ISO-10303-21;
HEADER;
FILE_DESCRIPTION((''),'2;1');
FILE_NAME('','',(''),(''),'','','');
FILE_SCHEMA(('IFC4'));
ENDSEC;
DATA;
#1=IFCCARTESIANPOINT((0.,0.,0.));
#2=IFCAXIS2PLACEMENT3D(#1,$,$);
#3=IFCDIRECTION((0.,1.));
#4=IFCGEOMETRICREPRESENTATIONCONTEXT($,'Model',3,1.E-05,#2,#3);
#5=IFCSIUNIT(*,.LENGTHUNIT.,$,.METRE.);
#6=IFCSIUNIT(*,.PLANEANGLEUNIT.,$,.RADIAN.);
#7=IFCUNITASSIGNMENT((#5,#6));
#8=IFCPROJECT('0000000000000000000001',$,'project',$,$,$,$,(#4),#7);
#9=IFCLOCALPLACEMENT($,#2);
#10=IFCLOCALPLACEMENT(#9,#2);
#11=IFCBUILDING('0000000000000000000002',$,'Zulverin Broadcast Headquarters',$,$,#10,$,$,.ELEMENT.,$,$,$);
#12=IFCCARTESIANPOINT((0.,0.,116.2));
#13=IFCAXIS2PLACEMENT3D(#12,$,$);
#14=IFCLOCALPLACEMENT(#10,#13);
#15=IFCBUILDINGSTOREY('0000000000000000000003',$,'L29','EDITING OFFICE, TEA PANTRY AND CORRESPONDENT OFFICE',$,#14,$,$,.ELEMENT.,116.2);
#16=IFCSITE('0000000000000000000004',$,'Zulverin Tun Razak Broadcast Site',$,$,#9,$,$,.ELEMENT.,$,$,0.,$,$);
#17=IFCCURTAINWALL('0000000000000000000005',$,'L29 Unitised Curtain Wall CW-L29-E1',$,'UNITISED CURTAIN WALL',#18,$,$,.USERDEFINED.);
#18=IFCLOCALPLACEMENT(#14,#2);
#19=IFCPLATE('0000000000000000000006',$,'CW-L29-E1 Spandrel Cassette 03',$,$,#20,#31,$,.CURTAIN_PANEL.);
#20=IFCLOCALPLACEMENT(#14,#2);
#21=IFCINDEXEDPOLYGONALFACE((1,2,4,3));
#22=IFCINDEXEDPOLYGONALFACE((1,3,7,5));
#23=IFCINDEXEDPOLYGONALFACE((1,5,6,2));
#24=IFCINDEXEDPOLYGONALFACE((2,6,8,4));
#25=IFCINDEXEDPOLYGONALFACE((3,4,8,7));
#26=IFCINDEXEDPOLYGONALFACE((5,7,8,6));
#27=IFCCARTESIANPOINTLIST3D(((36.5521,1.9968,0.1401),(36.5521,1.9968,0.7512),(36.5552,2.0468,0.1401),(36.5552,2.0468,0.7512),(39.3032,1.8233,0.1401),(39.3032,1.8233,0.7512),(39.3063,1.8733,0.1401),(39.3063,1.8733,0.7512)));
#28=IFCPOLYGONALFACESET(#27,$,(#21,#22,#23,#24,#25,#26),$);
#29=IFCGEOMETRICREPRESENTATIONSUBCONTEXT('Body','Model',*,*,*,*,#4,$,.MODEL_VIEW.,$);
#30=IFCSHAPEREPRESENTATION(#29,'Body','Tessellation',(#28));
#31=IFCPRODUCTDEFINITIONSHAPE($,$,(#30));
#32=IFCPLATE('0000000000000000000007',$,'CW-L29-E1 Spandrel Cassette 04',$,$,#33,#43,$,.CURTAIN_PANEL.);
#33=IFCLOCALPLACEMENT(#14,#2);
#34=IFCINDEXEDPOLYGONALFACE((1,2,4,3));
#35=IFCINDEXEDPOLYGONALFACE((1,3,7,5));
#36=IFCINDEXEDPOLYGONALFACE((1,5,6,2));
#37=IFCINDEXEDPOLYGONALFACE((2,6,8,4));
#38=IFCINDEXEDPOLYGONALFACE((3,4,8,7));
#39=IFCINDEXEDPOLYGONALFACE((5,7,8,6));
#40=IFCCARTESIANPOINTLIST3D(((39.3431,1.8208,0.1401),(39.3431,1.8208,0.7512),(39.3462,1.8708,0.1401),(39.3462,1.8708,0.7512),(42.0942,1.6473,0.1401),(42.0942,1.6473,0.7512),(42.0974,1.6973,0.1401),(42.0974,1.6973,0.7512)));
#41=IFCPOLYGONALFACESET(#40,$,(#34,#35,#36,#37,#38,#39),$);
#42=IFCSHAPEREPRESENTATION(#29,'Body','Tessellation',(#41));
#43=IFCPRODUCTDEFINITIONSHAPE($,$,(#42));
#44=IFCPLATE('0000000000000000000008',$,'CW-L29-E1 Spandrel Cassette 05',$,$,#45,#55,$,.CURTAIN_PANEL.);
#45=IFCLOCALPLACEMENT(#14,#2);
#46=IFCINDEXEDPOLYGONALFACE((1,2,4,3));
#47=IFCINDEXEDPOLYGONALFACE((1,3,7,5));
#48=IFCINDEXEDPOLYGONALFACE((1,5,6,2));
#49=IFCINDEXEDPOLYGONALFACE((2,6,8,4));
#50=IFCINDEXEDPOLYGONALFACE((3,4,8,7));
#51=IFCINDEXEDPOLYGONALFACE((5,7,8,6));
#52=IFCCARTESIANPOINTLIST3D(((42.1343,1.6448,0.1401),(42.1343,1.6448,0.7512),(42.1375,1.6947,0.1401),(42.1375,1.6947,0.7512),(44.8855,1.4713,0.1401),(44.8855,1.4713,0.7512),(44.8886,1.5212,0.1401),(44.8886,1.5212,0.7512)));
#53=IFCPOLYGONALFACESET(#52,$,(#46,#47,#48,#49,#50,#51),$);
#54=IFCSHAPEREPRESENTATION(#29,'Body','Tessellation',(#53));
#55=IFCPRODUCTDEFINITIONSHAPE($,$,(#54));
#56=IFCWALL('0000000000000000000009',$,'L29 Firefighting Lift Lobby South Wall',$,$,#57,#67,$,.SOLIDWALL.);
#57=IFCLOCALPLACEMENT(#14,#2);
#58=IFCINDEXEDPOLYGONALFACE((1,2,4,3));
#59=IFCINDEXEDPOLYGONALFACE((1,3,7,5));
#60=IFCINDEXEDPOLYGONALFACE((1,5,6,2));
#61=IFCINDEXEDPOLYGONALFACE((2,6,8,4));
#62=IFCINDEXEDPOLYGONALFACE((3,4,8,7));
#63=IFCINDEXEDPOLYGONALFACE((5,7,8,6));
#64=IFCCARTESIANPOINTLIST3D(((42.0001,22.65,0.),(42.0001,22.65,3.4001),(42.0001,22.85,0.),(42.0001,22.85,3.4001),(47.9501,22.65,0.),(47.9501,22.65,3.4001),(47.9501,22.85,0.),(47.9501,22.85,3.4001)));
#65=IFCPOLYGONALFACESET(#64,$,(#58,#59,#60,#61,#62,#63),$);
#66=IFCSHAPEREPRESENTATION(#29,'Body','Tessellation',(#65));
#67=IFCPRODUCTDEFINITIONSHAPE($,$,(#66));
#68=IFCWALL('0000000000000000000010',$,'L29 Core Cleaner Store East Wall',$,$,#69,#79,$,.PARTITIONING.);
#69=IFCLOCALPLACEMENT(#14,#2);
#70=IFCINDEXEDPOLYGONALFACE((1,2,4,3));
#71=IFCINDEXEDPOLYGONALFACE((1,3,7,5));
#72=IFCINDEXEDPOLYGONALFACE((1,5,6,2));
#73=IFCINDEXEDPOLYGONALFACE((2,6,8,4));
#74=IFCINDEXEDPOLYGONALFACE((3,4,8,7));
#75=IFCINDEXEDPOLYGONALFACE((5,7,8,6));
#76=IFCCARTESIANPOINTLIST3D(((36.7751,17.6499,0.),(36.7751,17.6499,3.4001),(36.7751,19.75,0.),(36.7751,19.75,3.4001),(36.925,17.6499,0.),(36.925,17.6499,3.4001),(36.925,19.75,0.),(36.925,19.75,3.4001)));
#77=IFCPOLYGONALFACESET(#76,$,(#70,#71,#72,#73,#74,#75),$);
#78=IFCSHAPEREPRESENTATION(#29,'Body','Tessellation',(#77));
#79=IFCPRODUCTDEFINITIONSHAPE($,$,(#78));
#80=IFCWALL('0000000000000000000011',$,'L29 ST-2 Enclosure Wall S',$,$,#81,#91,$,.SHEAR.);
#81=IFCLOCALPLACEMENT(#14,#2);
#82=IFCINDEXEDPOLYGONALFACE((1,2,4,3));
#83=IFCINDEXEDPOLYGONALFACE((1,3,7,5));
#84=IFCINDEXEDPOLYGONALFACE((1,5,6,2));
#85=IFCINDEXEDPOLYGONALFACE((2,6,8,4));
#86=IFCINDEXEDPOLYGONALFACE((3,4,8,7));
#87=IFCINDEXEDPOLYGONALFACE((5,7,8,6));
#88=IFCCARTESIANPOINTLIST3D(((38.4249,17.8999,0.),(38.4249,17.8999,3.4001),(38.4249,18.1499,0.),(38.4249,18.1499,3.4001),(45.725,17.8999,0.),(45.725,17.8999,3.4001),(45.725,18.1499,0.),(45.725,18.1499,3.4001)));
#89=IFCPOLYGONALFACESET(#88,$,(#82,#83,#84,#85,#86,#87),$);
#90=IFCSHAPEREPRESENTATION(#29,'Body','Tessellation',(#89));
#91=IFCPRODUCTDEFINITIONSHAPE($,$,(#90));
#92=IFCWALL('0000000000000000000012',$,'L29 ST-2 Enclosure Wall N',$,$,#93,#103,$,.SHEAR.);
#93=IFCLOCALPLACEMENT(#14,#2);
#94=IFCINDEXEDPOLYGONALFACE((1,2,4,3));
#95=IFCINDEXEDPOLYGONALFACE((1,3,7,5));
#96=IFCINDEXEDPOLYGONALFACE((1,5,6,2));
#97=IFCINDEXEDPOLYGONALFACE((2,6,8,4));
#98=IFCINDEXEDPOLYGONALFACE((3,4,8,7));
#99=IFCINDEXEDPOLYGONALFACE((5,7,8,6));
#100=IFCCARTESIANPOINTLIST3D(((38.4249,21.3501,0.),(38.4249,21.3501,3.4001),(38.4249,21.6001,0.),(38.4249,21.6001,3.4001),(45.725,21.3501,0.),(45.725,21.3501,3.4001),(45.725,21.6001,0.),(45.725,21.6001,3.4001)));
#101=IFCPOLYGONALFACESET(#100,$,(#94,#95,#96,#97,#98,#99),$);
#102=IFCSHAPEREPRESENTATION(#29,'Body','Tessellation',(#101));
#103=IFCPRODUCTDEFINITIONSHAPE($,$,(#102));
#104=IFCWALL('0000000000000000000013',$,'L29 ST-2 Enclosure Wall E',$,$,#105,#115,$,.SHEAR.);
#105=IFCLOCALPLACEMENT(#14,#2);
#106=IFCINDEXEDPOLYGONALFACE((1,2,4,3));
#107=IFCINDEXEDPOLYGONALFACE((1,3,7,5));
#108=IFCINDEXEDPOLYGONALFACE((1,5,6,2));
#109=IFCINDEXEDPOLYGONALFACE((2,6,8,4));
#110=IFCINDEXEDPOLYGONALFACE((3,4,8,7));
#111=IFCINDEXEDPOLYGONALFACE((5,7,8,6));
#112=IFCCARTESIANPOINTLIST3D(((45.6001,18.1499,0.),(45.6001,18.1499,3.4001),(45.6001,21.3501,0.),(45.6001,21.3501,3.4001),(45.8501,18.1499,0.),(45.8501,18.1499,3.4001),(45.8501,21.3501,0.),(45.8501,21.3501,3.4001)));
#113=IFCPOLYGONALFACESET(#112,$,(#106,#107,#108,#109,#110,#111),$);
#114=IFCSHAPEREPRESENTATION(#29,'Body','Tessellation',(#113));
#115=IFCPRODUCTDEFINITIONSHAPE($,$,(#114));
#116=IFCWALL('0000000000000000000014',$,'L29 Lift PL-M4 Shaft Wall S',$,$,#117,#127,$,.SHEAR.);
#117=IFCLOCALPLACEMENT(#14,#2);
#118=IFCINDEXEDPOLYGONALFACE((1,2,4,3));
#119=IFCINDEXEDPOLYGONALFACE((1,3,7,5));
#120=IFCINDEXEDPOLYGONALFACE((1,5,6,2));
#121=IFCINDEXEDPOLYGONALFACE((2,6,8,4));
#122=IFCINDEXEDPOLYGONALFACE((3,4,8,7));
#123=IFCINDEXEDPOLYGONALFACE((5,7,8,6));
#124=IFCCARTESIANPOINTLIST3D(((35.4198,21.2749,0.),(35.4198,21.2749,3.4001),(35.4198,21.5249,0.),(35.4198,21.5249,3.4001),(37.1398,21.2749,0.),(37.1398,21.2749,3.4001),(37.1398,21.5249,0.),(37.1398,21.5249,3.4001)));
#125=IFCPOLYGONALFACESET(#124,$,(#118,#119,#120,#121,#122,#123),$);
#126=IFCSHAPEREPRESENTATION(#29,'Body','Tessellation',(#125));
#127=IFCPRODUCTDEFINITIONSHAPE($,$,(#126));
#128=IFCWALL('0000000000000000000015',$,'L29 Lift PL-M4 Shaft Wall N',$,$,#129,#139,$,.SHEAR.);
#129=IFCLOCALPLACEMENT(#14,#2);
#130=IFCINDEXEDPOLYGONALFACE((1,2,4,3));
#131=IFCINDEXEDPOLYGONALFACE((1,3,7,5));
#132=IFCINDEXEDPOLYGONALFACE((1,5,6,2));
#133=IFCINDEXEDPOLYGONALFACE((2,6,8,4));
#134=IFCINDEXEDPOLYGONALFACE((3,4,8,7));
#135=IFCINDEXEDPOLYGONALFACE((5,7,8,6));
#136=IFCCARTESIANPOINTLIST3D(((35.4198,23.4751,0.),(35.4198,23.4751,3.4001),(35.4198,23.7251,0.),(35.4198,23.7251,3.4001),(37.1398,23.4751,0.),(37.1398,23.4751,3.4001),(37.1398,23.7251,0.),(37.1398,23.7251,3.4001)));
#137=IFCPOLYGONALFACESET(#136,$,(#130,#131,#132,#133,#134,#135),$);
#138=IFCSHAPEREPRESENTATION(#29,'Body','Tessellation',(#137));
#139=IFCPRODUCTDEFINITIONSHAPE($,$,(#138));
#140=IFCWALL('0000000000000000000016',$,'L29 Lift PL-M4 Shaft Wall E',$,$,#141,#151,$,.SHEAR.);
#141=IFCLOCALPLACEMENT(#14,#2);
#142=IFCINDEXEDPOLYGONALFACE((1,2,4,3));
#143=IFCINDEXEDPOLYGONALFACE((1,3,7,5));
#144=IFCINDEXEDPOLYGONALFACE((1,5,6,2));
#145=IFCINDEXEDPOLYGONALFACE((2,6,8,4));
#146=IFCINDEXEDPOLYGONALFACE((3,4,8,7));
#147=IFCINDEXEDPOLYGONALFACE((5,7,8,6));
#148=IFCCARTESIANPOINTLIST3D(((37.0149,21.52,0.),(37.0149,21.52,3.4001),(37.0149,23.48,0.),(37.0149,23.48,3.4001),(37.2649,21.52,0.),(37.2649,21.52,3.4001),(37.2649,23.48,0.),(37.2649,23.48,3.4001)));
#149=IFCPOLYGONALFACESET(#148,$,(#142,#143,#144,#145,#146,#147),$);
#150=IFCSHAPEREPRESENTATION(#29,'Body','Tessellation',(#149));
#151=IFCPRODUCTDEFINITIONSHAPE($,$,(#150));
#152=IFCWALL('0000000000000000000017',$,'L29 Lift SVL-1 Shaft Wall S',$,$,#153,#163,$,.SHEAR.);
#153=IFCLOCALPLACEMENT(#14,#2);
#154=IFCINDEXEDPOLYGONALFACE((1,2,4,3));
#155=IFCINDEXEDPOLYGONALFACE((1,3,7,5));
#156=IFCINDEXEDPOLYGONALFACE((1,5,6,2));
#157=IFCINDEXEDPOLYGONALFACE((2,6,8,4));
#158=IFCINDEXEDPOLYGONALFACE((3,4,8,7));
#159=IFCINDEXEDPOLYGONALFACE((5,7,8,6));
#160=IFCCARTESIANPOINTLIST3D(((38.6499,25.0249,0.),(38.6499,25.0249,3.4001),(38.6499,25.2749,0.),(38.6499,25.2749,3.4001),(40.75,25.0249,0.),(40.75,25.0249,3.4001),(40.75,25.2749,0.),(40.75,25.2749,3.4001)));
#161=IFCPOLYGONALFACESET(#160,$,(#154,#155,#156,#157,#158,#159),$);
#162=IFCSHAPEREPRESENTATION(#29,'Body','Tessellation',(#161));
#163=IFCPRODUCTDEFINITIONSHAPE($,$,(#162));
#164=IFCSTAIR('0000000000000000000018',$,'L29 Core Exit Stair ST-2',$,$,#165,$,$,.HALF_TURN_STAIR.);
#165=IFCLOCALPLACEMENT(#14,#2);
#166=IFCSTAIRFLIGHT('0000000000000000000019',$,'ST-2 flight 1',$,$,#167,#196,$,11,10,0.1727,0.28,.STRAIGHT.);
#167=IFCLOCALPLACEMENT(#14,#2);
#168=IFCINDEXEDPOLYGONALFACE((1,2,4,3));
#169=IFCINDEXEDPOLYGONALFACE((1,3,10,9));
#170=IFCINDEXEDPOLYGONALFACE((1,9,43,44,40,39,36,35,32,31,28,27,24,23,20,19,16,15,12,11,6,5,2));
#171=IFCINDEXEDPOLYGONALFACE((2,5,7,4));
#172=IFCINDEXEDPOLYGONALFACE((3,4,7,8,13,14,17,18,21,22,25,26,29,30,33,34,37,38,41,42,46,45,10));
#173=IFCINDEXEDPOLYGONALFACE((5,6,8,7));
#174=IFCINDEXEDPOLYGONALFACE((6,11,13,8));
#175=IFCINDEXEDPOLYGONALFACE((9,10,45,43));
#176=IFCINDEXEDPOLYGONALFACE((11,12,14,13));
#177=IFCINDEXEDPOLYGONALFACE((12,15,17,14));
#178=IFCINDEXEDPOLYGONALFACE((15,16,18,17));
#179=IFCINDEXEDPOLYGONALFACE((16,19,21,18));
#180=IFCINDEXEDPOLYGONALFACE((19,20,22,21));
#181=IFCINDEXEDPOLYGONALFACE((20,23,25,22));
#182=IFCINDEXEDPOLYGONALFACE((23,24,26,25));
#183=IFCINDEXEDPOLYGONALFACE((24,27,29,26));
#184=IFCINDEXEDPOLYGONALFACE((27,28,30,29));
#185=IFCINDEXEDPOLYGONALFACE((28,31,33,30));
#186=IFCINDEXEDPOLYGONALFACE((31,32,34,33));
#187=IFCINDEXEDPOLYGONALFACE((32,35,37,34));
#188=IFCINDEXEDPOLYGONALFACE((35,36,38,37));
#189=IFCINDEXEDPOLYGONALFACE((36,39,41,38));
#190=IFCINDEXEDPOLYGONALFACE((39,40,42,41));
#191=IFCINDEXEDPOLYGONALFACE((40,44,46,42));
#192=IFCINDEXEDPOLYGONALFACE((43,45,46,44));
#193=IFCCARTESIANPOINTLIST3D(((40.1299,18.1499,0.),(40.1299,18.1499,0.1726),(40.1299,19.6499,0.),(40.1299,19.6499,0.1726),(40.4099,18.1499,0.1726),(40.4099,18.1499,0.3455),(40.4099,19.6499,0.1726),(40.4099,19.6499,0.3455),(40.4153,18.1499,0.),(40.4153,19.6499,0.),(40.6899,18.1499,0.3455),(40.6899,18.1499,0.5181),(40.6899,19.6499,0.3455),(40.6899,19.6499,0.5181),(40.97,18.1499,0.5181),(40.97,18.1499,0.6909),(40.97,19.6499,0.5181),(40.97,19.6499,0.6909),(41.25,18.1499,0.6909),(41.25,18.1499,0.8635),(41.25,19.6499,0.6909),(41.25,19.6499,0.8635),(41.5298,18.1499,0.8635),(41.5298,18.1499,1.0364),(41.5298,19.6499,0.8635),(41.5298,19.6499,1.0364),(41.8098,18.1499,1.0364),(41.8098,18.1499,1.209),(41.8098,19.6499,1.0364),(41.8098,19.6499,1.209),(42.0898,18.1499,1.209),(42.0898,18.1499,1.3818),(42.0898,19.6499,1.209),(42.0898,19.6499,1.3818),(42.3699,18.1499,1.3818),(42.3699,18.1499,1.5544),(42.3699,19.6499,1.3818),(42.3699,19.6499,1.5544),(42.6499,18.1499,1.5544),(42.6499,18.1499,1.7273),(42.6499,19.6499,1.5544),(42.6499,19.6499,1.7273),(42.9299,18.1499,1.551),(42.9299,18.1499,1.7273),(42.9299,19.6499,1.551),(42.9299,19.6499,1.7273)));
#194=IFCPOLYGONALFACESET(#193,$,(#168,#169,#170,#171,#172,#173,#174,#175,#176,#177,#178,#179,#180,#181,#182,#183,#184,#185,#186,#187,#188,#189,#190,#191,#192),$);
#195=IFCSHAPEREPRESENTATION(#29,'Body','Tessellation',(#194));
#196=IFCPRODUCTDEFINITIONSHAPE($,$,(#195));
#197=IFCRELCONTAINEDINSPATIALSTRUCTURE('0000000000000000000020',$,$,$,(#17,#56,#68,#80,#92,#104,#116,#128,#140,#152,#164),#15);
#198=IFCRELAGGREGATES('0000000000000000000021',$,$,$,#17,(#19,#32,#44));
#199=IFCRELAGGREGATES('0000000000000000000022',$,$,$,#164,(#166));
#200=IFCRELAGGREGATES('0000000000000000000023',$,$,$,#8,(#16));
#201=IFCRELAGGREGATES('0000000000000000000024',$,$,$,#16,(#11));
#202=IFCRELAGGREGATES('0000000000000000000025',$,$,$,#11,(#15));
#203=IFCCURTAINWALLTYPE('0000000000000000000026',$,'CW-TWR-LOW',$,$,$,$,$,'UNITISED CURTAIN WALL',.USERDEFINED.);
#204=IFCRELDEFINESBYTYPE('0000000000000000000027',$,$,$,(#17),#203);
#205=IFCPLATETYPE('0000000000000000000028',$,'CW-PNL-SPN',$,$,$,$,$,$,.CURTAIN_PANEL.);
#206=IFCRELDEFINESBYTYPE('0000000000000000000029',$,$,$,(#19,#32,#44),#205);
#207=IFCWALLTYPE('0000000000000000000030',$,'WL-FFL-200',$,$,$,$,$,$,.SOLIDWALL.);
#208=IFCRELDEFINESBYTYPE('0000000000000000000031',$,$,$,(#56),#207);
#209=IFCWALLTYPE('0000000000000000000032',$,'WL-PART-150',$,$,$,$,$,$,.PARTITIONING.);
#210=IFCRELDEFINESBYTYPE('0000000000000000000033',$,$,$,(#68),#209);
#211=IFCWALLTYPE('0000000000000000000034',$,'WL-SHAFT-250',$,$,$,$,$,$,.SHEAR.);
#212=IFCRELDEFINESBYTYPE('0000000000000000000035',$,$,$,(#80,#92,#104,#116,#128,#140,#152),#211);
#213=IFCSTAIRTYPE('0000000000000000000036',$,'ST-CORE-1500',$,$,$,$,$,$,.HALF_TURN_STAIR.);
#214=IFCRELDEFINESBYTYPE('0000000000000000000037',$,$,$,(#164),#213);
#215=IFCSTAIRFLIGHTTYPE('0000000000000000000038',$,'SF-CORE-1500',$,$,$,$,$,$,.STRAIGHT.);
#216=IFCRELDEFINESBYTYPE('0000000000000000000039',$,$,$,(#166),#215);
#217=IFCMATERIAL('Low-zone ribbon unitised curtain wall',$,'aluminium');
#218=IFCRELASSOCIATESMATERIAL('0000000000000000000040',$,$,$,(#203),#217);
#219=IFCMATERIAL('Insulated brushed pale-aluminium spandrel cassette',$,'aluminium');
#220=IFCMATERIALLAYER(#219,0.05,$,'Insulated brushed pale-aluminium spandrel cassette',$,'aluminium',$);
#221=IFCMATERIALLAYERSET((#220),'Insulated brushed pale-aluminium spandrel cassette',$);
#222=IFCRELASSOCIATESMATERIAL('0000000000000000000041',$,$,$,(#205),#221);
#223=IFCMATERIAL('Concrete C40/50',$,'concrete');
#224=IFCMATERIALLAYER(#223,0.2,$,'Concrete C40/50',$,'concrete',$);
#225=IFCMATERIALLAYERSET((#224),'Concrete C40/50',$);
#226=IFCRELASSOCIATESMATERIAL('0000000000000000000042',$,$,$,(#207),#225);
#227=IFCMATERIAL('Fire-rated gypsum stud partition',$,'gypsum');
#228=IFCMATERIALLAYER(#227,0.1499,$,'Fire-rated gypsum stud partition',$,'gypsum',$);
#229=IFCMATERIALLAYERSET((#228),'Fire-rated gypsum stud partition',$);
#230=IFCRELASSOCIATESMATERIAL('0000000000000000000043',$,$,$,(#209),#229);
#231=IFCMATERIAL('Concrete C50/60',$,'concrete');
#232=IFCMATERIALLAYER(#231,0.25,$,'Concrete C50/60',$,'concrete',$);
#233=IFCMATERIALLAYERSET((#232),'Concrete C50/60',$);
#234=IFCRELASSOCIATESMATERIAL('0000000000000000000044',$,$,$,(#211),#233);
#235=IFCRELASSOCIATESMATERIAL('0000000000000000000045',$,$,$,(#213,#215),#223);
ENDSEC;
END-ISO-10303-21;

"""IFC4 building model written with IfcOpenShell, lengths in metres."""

from ifc_helpers import new_model, si_unit, direction, frame, frame_2d, origin, origin_2d, place, context, subcontext, project, spatial, polyline, rectangle, outline, extrude, material, layer, layer_set, type_object, element, aggregate, save


model = new_model("IFC4")

# Units and contexts
model_context = context("Model", 3, precision=1e-05, world=origin(), true_north=direction((0.0, 1.0)))
body_context = subcontext(model_context, "Body", "Model", "MODEL_VIEW")
ifc_project = project(units=[si_unit("LENGTHUNIT", "METRE"), si_unit("PLANEANGLEUNIT", "RADIAN")], contexts=[model_context])

# Site, building, storey
site_placement = place(None, origin())
site = spatial("IfcSite", under=ifc_project, at=site_placement, Name="Zulverin Tun Razak Broadcast Site", CompositionType="ELEMENT", RefElevation=0.0)
building_placement = place(site_placement, origin())
building = spatial("IfcBuilding", under=site, at=building_placement, Name="Zulverin Broadcast Headquarters", CompositionType="ELEMENT")
storey_placement = place(building_placement, frame((0.0, 0.0, 116.2)))
storey = spatial("IfcBuildingStorey", under=building, at=storey_placement, Name="L29", Description="EDITING OFFICE, TEA PANTRY AND CORRESPONDENT OFFICE", CompositionType="ELEMENT", Elevation=116.2)

# Curtain wall, plates
ifc_material_1 = material(Name="Low-zone ribbon unitised curtain wall", Category="aluminium")
curtain_wall_type = type_object("IfcCurtainWallType", Name="CW-TWR-LOW", ElementType="UNITISED CURTAIN WALL", PredefinedType="USERDEFINED", material=ifc_material_1)
curtain_wall_placement = place(storey_placement, origin())
curtain_wall = element("IfcCurtainWall", 1, at=curtain_wall_placement, inside=storey, type_object=curtain_wall_type, Name="L29 Unitised Curtain Wall CW-L29-E1", ObjectType="UNITISED CURTAIN WALL", PredefinedType="USERDEFINED")
ifc_material_2 = material(Name="Insulated brushed pale-aluminium spandrel cassette", Category="aluminium")
ifc_layer_1 = layer(ifc_material_2, 0.05, Name="Insulated brushed pale-aluminium spandrel cassette", Category="aluminium")
ifc_layer_set_1 = layer_set([ifc_layer_1], Name="Insulated brushed pale-aluminium spandrel cassette")
plate_type_1 = type_object("IfcPlateType", Name="CW-PNL-SPN", PredefinedType="CURTAIN_PANEL", material=ifc_layer_set_1)
plate_1_placement = place(storey_placement, frame((37.9292, 1.9351, 0.1401), z_axis=(0.0, 0.0, 1.0), x_axis=(0.998017, -0.062942, 0.0)))
plate_1 = element("IfcPlate", 2, at=plate_1_placement, type_object=plate_type_1, Name="CW-L29-E1 Spandrel Cassette 03", PredefinedType="CURTAIN_PANEL", context=body_context, shape_type="SweptSolid", body=[
    extrude(rectangle(XDim=2.7566, YDim=0.05, at=origin_2d()), origin(), (0.0, 0.0, 1.0), 0.6111),
])
plate_2_placement = place(storey_placement, frame((40.7202, 1.759, 0.1401), z_axis=(0.0, 0.0, 1.0), x_axis=(0.998017, -0.062942, 0.0)))
plate_2 = element("IfcPlate", 3, at=plate_2_placement, type_object=plate_type_1, Name="CW-L29-E1 Spandrel Cassette 04", PredefinedType="CURTAIN_PANEL", context=body_context, shape_type="SweptSolid", body=[
    extrude(rectangle(XDim=2.7566, YDim=0.05, at=origin_2d()), origin(), (0.0, 0.0, 1.0), 0.6111),
])
plate_3_placement = place(storey_placement, frame((43.5115, 1.583, 0.1401), z_axis=(0.0, 0.0, 1.0), x_axis=(0.998017, -0.062942, 0.0)))
plate_3 = element("IfcPlate", 4, at=plate_3_placement, type_object=plate_type_1, Name="CW-L29-E1 Spandrel Cassette 05", PredefinedType="CURTAIN_PANEL", context=body_context, shape_type="SweptSolid", body=[
    extrude(rectangle(XDim=2.7566, YDim=0.05, at=origin_2d()), origin(), (0.0, 0.0, 1.0), 0.6111),
])
aggregate(curtain_wall, [plate_1, plate_2, plate_3])

# Shared definitions
ifc_material_3 = material(Name="Concrete C40/50", Category="concrete")
ifc_layer_2 = layer(ifc_material_3, 0.2, Name="Concrete C40/50", Category="concrete")
ifc_layer_set_2 = layer_set([ifc_layer_2], Name="Concrete C40/50")
wall_type_1 = type_object("IfcWallType", Name="WL-FFL-200", PredefinedType="SOLIDWALL", material=ifc_layer_set_2)

# Walls
wall_1_placement = place(storey_placement, frame((42.0, 22.75, 0.0), z_axis=(0.0, 0.0, 1.0), x_axis=(1.0, 0.0, 0.0)))
element("IfcWall", 5, at=wall_1_placement, inside=storey, type_object=wall_type_1, Name="L29 Firefighting Lift Lobby South Wall", PredefinedType="SOLIDWALL", context=body_context, shape_type="SweptSolid", body=[
    extrude(rectangle(XDim=5.95, YDim=0.2, at=frame_2d((2.9751, 0.0))), origin(), (0.0, 0.0, 1.0), 3.4001),
])
ifc_material_4 = material(Name="Fire-rated gypsum stud partition", Category="gypsum")
ifc_layer_3 = layer(ifc_material_4, 0.1499, Name="Fire-rated gypsum stud partition", Category="gypsum")
ifc_layer_set_3 = layer_set([ifc_layer_3], Name="Fire-rated gypsum stud partition")
wall_type_2 = type_object("IfcWallType", Name="WL-PART-150", PredefinedType="PARTITIONING", material=ifc_layer_set_3)
wall_2_placement = place(storey_placement, frame((36.8501, 17.6499, 0.0), z_axis=(0.0, 0.0, 1.0), x_axis=(0.0, 1.0, 0.0)))
element("IfcWall", 6, at=wall_2_placement, inside=storey, type_object=wall_type_2, Name="L29 Core Cleaner Store East Wall", PredefinedType="PARTITIONING", context=body_context, shape_type="SweptSolid", body=[
    extrude(rectangle(XDim=2.1001, YDim=0.1499, at=frame_2d((1.05, 0.0))), origin(), (0.0, 0.0, 1.0), 3.4001),
])
ifc_material_5 = material(Name="Concrete C50/60", Category="concrete")
ifc_layer_4 = layer(ifc_material_5, 0.25, Name="Concrete C50/60", Category="concrete")
ifc_layer_set_4 = layer_set([ifc_layer_4], Name="Concrete C50/60")
wall_type_3 = type_object("IfcWallType", Name="WL-SHAFT-250", PredefinedType="SHEAR", material=ifc_layer_set_4)
for number, where, z_axis, x_axis, name in (
    (7, (38.425, 18.0249, 0.0), (0.0, 0.0, 1.0), (1.0, 0.0, 0.0), "L29 ST-2 Enclosure Wall S"),
    (8, (38.425, 21.4751, 0.0), (0.0, 0.0, 1.0), (1.0, 0.0, 0.0), "L29 ST-2 Enclosure Wall N"),
):
    element("IfcWall", number, at=place(storey_placement, frame(where, z_axis=z_axis, x_axis=x_axis)), inside=storey, type_object=wall_type_3, Name=name, PredefinedType="SHEAR", context=body_context, shape_type="SweptSolid", body=[
        extrude(rectangle(XDim=7.3, YDim=0.25, at=frame_2d((3.6499, 0.0))), origin(), (0.0, 0.0, 1.0), 3.4001),
    ])

# Walls
wall_3_placement = place(storey_placement, frame((45.7251, 18.1499, 0.0), z_axis=(0.0, 0.0, 1.0), x_axis=(0.0, 1.0, 0.0)))
element("IfcWall", 9, at=wall_3_placement, inside=storey, type_object=wall_type_3, Name="L29 ST-2 Enclosure Wall E", PredefinedType="SHEAR", context=body_context, shape_type="SweptSolid", body=[
    extrude(rectangle(XDim=3.2002, YDim=0.25, at=frame_2d((1.6001, 0.0))), origin(), (0.0, 0.0, 1.0), 3.4001),
])
for number, where, z_axis, x_axis, name in (
    (10, (35.4199, 21.3999, 0.0), (0.0, 0.0, 1.0), (1.0, 0.0, 0.0), "L29 Lift PL-M4 Shaft Wall S"),
    (11, (35.4199, 23.6001, 0.0), (0.0, 0.0, 1.0), (1.0, 0.0, 0.0), "L29 Lift PL-M4 Shaft Wall N"),
):
    element("IfcWall", number, at=place(storey_placement, frame(where, z_axis=z_axis, x_axis=x_axis)), inside=storey, type_object=wall_type_3, Name=name, PredefinedType="SHEAR", context=body_context, shape_type="SweptSolid", body=[
        extrude(rectangle(XDim=1.72, YDim=0.25, at=frame_2d((0.8599, 0.0))), origin(), (0.0, 0.0, 1.0), 3.4001),
    ])
wall_4_placement = place(storey_placement, frame((37.1399, 21.52, 0.0), z_axis=(0.0, 0.0, 1.0), x_axis=(0.0, 1.0, 0.0)))
element("IfcWall", 12, at=wall_4_placement, inside=storey, type_object=wall_type_3, Name="L29 Lift PL-M4 Shaft Wall E", PredefinedType="SHEAR", context=body_context, shape_type="SweptSolid", body=[
    extrude(rectangle(XDim=1.96, YDim=0.25, at=frame_2d((0.98, 0.0))), origin(), (0.0, 0.0, 1.0), 3.4001),
])
wall_5_placement = place(storey_placement, frame((38.6499, 25.1499, 0.0), z_axis=(0.0, 0.0, 1.0), x_axis=(1.0, 0.0, 0.0)))
element("IfcWall", 13, at=wall_5_placement, inside=storey, type_object=wall_type_3, Name="L29 Lift SVL-1 Shaft Wall S", PredefinedType="SHEAR", context=body_context, shape_type="SweptSolid", body=[
    extrude(rectangle(XDim=2.1001, YDim=0.25, at=frame_2d((1.05, 0.0))), origin(), (0.0, 0.0, 1.0), 3.4001),
])

# Stair, stair flight
stair_type = type_object("IfcStairType", Name="ST-CORE-1500", PredefinedType="HALF_TURN_STAIR", material=ifc_material_3)
stair_placement = place(storey_placement, origin())
stair = element("IfcStair", 14, at=stair_placement, inside=storey, type_object=stair_type, Name="L29 Core Exit Stair ST-2", PredefinedType="HALF_TURN_STAIR")
stair_flight_type = type_object("IfcStairFlightType", Name="SF-CORE-1500", PredefinedType="STRAIGHT", material=ifc_material_3)
stair_flight_1_placement = place(storey_placement, frame((40.1299, 18.8999, 0.0), z_axis=(0.0, 0.0, 1.0), x_axis=(1.0, 0.0, 0.0)))
stair_flight_1 = element("IfcStairFlight", 15, at=stair_flight_1_placement, type_object=stair_flight_type, Name="ST-2 flight 1", NumberOfRisers=11, NumberOfTreads=10, PredefinedType="STRAIGHT", RiserHeight=0.1727, TreadLength=0.28, context=body_context, shape_type="SweptSolid", body=[
    extrude(outline(polyline([(0.0, 0.0), (0.0, 0.1726), (0.28, 0.1726), (0.28, 0.3455), (0.5601, 0.3455), (0.5601, 0.5181), (0.8401, 0.5181), (0.8401, 0.6909), (1.1201, 0.6909), (1.1201, 0.8635), (1.3999, 0.8635), (1.3999, 1.0364), (1.6799, 1.0364), (1.6799, 1.209), (1.96, 1.209), (1.96, 1.3818), (2.24, 1.3818), (2.24, 1.5544), (2.52, 1.5544), (2.52, 1.7273), (2.8, 1.7273), (2.8, 1.8999), (2.8, 1.551), (0.2854, 0.0), (0.0, 0.0)])), frame((0.0, 0.75, 0.0), z_axis=(0.0, -1.0, 0.0), x_axis=(1.0, 0.0, 0.0)), (0.0, 0.0, 1.0), 1.5),
])
aggregate(stair, [stair_flight_1])

save(model, "model.ifc")
